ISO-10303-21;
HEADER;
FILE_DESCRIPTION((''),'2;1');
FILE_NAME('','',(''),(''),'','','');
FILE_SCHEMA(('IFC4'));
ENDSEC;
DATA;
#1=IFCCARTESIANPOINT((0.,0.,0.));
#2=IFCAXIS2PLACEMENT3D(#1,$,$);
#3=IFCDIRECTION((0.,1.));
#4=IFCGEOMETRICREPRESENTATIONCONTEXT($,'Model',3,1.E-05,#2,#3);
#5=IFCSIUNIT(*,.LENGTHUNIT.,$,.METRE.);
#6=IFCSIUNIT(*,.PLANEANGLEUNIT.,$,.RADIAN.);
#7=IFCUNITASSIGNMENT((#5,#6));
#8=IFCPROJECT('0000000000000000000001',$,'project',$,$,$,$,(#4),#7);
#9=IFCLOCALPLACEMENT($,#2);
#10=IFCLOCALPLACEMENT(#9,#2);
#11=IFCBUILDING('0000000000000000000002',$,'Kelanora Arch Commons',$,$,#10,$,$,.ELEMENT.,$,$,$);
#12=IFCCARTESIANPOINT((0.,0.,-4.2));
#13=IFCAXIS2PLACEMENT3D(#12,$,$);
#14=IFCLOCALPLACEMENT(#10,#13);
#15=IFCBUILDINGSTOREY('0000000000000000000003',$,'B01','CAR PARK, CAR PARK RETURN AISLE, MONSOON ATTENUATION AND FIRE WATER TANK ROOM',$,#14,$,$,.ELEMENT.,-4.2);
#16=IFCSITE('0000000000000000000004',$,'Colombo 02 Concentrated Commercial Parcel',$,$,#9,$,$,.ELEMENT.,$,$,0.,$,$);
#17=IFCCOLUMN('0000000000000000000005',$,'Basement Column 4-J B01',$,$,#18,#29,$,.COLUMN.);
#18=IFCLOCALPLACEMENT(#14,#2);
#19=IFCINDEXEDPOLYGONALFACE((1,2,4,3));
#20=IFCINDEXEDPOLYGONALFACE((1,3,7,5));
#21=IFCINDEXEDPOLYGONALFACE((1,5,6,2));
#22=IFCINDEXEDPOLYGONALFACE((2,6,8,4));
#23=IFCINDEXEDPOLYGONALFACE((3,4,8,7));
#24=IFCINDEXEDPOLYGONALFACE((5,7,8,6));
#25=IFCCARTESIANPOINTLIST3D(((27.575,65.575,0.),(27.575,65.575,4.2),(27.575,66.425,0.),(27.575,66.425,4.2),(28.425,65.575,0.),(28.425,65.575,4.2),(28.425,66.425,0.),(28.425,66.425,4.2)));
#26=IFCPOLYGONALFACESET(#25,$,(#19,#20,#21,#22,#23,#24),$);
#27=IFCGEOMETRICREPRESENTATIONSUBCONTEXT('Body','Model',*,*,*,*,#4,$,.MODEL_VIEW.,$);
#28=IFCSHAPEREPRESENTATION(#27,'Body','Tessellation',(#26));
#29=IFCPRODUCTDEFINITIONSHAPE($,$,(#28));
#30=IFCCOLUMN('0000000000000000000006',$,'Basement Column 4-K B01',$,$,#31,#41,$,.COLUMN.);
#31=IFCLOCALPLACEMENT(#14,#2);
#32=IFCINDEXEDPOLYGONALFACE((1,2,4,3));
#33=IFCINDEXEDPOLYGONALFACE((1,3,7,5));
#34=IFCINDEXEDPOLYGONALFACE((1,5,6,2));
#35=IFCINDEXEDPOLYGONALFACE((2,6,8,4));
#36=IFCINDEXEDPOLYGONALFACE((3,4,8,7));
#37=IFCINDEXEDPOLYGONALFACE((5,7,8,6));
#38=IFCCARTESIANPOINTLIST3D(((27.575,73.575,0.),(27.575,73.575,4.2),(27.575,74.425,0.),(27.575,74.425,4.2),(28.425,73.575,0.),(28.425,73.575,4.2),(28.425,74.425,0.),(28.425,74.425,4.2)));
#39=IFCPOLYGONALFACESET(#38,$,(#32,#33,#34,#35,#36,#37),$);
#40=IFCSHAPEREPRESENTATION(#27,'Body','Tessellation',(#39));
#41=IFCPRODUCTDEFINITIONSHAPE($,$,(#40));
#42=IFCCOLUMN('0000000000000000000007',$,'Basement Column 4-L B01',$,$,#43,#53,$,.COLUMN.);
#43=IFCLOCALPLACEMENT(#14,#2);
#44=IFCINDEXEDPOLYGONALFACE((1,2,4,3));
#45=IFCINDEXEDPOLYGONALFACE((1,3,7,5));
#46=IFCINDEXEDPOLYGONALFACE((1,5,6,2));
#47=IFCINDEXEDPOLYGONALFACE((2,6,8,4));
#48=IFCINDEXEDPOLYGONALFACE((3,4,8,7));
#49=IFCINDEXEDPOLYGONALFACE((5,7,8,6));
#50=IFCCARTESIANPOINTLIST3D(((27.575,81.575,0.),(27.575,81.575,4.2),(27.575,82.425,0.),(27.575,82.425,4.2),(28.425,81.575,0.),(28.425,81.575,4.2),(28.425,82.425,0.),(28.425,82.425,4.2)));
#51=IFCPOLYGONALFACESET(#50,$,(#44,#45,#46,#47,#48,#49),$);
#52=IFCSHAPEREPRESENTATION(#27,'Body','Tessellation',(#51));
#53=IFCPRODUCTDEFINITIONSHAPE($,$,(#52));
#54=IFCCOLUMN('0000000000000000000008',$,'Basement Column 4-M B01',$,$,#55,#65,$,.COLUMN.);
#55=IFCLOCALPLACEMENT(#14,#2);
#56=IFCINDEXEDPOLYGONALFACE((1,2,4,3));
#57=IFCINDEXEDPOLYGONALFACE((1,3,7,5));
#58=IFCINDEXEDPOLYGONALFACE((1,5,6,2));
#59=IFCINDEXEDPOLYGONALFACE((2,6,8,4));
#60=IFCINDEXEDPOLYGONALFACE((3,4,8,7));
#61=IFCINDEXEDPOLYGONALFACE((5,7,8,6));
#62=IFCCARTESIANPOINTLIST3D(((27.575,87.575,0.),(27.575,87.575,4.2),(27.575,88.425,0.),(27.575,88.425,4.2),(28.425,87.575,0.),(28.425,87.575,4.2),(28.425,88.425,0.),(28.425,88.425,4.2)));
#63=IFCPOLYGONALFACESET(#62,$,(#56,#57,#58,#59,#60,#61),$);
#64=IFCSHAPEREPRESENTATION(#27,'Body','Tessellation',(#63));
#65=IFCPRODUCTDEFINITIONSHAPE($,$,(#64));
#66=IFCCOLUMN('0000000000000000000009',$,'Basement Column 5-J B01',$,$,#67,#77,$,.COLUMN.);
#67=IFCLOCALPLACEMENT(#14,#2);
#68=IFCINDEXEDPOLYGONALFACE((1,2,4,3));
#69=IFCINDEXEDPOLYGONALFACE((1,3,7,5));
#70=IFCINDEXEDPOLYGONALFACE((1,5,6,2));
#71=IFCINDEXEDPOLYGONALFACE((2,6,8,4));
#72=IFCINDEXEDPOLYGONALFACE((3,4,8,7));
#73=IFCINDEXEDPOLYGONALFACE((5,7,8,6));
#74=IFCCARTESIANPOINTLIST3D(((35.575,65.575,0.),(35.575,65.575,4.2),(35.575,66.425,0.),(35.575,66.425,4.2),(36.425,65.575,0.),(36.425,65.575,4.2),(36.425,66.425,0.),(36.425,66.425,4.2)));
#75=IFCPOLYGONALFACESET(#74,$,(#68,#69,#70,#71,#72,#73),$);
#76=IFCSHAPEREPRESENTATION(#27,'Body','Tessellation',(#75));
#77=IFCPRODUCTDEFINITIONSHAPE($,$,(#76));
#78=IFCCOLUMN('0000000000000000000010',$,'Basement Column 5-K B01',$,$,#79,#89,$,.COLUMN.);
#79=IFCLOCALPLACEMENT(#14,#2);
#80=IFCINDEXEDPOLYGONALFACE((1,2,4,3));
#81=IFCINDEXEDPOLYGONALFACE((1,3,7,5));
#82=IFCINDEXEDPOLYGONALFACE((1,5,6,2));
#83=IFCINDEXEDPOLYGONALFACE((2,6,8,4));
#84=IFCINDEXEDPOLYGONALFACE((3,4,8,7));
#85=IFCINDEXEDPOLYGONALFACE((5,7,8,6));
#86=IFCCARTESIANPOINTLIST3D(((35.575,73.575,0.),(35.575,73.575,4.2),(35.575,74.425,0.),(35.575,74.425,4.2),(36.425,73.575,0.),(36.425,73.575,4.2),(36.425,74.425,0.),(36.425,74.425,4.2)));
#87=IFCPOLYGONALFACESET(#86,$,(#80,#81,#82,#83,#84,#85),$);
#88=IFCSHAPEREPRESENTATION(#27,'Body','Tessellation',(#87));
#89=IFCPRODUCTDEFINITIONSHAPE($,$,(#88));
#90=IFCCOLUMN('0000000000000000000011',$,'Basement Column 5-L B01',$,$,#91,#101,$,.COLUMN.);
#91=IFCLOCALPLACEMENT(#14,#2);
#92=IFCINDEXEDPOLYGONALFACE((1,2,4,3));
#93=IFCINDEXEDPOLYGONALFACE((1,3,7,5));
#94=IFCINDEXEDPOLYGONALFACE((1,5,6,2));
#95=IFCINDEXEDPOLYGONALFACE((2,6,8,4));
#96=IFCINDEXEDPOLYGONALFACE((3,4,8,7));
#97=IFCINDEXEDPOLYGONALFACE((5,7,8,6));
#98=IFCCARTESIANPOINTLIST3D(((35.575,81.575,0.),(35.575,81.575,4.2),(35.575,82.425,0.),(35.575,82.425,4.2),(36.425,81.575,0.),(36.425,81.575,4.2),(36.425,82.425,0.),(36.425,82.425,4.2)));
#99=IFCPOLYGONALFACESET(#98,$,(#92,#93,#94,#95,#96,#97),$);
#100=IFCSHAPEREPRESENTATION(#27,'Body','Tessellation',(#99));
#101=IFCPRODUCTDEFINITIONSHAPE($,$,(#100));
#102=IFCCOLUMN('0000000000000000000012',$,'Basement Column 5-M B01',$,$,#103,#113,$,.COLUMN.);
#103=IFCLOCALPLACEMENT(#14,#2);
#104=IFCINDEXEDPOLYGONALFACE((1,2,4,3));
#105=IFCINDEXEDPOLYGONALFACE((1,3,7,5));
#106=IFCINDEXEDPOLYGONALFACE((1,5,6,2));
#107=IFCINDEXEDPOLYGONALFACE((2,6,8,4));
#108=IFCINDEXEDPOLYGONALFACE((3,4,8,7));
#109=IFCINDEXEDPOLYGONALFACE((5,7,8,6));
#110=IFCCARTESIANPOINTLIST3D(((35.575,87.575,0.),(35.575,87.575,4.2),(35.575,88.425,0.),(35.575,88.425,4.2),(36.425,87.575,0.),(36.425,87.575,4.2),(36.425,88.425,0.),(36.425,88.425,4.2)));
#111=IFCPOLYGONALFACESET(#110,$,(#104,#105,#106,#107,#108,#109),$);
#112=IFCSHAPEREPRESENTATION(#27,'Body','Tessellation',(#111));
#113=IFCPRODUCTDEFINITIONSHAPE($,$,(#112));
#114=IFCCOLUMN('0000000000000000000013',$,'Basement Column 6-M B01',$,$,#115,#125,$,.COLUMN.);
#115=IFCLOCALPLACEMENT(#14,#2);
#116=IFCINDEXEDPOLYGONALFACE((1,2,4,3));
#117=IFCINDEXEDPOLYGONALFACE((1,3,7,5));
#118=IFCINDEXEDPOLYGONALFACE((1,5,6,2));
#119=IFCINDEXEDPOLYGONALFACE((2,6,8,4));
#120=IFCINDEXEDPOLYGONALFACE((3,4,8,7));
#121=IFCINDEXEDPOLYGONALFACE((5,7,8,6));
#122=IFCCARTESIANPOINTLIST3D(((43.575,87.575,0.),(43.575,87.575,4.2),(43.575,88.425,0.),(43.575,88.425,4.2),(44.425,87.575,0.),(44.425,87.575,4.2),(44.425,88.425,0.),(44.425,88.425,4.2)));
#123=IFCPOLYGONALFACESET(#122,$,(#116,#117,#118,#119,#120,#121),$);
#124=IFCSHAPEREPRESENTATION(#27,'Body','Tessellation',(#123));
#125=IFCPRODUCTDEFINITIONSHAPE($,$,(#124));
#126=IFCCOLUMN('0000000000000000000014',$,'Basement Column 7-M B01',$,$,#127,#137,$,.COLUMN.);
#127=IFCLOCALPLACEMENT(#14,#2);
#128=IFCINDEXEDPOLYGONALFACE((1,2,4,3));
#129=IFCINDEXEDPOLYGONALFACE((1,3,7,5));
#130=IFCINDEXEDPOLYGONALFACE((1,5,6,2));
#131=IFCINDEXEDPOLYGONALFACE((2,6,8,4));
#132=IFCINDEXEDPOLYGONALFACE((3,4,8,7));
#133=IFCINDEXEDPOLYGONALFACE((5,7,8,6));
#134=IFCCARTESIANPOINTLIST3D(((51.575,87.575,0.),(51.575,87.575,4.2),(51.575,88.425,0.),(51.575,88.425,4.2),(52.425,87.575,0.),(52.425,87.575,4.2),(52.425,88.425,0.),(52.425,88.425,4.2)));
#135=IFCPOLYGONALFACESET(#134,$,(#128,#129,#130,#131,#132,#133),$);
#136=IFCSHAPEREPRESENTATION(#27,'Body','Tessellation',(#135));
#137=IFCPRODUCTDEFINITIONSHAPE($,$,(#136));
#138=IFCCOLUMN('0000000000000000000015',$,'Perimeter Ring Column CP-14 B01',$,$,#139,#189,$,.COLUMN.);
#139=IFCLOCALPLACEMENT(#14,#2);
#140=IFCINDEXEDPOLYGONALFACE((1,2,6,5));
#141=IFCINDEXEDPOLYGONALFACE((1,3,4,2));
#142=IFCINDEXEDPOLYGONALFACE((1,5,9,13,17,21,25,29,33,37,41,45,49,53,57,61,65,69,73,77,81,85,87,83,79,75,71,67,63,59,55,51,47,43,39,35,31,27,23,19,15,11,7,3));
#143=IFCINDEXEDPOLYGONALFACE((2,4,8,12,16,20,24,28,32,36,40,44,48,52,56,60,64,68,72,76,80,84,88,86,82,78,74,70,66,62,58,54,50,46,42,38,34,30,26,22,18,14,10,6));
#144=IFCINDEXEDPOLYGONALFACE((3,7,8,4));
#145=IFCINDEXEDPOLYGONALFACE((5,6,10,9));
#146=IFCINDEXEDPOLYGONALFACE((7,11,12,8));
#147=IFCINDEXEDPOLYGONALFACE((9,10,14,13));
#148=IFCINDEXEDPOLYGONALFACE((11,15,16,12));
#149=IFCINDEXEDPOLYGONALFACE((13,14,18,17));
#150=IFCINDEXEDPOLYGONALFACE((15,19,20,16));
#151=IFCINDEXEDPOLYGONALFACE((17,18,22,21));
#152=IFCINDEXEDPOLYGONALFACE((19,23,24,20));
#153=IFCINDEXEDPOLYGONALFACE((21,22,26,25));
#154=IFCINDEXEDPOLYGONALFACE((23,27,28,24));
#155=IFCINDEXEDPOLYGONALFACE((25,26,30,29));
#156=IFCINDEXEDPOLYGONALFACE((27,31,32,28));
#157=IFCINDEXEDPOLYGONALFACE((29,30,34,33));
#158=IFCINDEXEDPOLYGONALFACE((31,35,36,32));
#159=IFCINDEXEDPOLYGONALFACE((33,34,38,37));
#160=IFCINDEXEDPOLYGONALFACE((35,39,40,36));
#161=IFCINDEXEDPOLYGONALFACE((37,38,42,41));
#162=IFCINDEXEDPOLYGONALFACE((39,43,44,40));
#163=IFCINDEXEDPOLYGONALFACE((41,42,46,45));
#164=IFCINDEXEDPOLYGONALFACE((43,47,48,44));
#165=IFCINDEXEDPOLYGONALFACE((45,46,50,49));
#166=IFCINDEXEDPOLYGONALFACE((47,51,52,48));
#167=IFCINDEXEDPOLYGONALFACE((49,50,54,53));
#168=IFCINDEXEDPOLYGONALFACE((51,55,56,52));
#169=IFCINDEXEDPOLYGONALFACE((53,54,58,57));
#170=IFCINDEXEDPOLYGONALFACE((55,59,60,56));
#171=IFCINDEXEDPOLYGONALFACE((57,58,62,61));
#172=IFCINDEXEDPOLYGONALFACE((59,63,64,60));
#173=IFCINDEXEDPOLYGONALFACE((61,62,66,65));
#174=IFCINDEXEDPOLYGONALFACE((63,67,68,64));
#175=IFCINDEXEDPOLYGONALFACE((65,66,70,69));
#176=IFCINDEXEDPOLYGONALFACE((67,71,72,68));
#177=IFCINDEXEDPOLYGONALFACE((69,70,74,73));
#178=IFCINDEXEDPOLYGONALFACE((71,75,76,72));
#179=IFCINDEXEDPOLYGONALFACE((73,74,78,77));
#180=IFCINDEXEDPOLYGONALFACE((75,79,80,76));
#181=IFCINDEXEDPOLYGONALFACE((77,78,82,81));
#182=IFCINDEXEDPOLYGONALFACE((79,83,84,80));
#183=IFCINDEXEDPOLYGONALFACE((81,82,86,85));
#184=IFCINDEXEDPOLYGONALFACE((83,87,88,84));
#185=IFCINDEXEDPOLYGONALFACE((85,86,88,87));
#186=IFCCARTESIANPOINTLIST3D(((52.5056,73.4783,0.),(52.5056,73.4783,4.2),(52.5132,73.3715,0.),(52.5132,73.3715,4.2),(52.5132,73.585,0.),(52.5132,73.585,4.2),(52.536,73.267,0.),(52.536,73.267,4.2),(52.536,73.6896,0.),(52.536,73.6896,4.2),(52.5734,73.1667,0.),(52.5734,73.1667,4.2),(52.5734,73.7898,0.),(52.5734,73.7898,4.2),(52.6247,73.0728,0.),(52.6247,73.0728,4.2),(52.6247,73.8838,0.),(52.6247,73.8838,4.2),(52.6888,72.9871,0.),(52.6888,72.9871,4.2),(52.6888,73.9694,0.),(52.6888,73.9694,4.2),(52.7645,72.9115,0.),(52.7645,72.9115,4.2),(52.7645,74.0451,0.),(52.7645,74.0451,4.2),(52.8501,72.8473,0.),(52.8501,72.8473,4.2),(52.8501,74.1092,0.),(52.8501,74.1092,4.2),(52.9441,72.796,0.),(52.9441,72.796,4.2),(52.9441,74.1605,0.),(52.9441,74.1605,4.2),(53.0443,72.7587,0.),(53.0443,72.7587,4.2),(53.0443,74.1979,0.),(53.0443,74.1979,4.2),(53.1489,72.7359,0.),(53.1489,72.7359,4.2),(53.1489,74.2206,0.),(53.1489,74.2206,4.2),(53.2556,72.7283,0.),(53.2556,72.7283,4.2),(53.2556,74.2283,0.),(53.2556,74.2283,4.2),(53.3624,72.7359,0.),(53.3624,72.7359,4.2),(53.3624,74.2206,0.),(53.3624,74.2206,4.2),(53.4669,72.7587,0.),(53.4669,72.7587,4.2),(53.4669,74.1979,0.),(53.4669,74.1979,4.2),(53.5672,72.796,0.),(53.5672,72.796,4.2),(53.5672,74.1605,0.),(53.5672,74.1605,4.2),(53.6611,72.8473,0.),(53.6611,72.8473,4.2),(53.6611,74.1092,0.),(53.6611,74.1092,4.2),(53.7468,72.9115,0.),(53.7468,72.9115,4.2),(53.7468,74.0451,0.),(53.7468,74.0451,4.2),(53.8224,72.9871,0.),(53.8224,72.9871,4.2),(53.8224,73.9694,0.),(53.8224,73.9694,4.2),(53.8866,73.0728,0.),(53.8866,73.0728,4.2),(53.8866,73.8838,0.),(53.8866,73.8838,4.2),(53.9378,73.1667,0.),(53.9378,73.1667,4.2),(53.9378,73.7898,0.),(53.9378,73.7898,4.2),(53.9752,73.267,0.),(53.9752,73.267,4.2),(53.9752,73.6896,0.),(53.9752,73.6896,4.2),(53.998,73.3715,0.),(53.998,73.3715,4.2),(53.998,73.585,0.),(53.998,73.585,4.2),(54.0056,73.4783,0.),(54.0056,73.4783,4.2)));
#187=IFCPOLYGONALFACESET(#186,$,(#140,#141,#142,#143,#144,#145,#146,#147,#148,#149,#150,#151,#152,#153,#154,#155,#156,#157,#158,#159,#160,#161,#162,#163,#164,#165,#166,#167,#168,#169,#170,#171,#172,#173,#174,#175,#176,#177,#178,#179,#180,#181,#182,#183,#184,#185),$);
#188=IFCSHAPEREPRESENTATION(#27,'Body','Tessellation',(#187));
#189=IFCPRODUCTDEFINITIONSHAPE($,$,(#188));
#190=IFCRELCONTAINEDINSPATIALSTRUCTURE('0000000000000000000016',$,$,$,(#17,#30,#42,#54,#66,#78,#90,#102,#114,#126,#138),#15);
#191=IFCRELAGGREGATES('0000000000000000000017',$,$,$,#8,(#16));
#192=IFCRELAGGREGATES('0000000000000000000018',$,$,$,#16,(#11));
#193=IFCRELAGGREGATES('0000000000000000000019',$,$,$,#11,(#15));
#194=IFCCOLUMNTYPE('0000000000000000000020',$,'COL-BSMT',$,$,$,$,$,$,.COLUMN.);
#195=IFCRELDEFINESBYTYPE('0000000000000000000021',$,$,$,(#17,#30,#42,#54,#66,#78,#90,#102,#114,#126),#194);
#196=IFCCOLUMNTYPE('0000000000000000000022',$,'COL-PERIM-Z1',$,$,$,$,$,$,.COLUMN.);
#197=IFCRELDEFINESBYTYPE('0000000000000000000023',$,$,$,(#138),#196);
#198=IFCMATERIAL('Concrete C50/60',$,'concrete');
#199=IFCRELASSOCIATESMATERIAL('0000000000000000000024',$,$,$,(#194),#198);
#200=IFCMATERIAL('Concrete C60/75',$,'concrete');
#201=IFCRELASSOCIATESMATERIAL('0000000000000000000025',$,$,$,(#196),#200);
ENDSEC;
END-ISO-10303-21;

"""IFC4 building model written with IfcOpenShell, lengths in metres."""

from ifc_helpers import new_model, si_unit, direction, frame, origin, origin_2d, place, context, subcontext, project, spatial, rectangle, circle, extrude, material, material_profile, profile_set, type_object, element, save


model = new_model("IFC4")

# Units and contexts
model_context = context("Model", 3, precision=1e-05, world=origin(), true_north=direction((0.0, 1.0)))
body_context = subcontext(model_context, "Body", "Model", "MODEL_VIEW")
ifc_project = project(units=[si_unit("LENGTHUNIT", "METRE"), si_unit("PLANEANGLEUNIT", "RADIAN")], contexts=[model_context])

# Site, building, storey
site_placement = place(None, origin())
site = spatial("IfcSite", under=ifc_project, at=site_placement, Name="Colombo 02 Concentrated Commercial Parcel", CompositionType="ELEMENT", RefElevation=0.0)
building_placement = place(site_placement, origin())
building = spatial("IfcBuilding", under=site, at=building_placement, Name="Kelanora Arch Commons", CompositionType="ELEMENT")
storey_placement = place(building_placement, frame((0.0, 0.0, -4.2)))
storey = spatial("IfcBuildingStorey", under=building, at=storey_placement, Name="B01", Description="CAR PARK, CAR PARK RETURN AISLE, MONSOON ATTENUATION AND FIRE WATER TANK ROOM", CompositionType="ELEMENT", Elevation=-4.2)

# Columns
ifc_material_1 = material(Name="Concrete C50/60", Category="concrete")
ifc_material_profile_1 = material_profile(ifc_material_1, rectangle(XDim=0.8501, YDim=0.8501, at=origin_2d()), Name="RC850x850")
ifc_profile_set_1 = profile_set([ifc_material_profile_1], Name="Concrete C50/60")
column_type_1 = type_object("IfcColumnType", Name="COL-BSMT", PredefinedType="COLUMN", material=ifc_profile_set_1)
for number, where, z_axis, x_axis, name in (
    (1, (28.0, 66.0, 0.0), (0.0, 0.0, 1.0), (1.0, 0.0, 0.0), "Basement Column 4-J B01"),
    (2, (28.0, 74.0, 0.0), (0.0, 0.0, 1.0), (1.0, 0.0, 0.0), "Basement Column 4-K B01"),
    (3, (28.0, 82.0, 0.0), (0.0, 0.0, 1.0), (1.0, 0.0, 0.0), "Basement Column 4-L B01"),
    (4, (28.0, 88.0, 0.0), (0.0, 0.0, 1.0), (1.0, 0.0, 0.0), "Basement Column 4-M B01"),
    (5, (36.0, 66.0, 0.0), (0.0, 0.0, 1.0), (1.0, 0.0, 0.0), "Basement Column 5-J B01"),
    (6, (36.0, 74.0, 0.0), (0.0, 0.0, 1.0), (1.0, 0.0, 0.0), "Basement Column 5-K B01"),
    (7, (36.0, 82.0, 0.0), (0.0, 0.0, 1.0), (1.0, 0.0, 0.0), "Basement Column 5-L B01"),
    (8, (36.0, 88.0, 0.0), (0.0, 0.0, 1.0), (1.0, 0.0, 0.0), "Basement Column 5-M B01"),
    (9, (44.0, 88.0, 0.0), (0.0, 0.0, 1.0), (1.0, 0.0, 0.0), "Basement Column 6-M B01"),
    (10, (52.0, 88.0, 0.0), (0.0, 0.0, 1.0), (1.0, 0.0, 0.0), "Basement Column 7-M B01"),
):
    element("IfcColumn", number, at=place(storey_placement, frame(where, z_axis=z_axis, x_axis=x_axis)), inside=storey, type_object=column_type_1, Name=name, PredefinedType="COLUMN", context=body_context, shape_type="SweptSolid", body=[
        extrude(rectangle(XDim=0.8501, YDim=0.8501, at=origin_2d()), origin(), (0.0, 0.0, 1.0), 4.2),
    ])
ifc_material_2 = material(Name="Concrete C60/75", Category="concrete")
ifc_material_profile_2 = material_profile(ifc_material_2, circle(Radius=0.75, at=origin_2d()), Name="RCC1500")
ifc_profile_set_2 = profile_set([ifc_material_profile_2], Name="Concrete C60/75")
column_type_2 = type_object("IfcColumnType", Name="COL-PERIM-Z1", PredefinedType="COLUMN", material=ifc_profile_set_2)
for number, where, z_axis, x_axis, name in (
    (11, (53.2556, 73.4783, 0.0), (0.0, 0.0, 1.0), (1.0, 0.0, 0.0), "Perimeter Ring Column CP-14 B01"),
):
    element("IfcColumn", number, at=place(storey_placement, frame(where, z_axis=z_axis, x_axis=x_axis)), inside=storey, type_object=column_type_2, Name=name, PredefinedType="COLUMN", context=body_context, shape_type="SweptSolid", body=[
        extrude(circle(Radius=0.75, at=origin_2d()), origin(), (0.0, 0.0, 1.0), 4.2),
    ])

save(model, "model.ifc")
